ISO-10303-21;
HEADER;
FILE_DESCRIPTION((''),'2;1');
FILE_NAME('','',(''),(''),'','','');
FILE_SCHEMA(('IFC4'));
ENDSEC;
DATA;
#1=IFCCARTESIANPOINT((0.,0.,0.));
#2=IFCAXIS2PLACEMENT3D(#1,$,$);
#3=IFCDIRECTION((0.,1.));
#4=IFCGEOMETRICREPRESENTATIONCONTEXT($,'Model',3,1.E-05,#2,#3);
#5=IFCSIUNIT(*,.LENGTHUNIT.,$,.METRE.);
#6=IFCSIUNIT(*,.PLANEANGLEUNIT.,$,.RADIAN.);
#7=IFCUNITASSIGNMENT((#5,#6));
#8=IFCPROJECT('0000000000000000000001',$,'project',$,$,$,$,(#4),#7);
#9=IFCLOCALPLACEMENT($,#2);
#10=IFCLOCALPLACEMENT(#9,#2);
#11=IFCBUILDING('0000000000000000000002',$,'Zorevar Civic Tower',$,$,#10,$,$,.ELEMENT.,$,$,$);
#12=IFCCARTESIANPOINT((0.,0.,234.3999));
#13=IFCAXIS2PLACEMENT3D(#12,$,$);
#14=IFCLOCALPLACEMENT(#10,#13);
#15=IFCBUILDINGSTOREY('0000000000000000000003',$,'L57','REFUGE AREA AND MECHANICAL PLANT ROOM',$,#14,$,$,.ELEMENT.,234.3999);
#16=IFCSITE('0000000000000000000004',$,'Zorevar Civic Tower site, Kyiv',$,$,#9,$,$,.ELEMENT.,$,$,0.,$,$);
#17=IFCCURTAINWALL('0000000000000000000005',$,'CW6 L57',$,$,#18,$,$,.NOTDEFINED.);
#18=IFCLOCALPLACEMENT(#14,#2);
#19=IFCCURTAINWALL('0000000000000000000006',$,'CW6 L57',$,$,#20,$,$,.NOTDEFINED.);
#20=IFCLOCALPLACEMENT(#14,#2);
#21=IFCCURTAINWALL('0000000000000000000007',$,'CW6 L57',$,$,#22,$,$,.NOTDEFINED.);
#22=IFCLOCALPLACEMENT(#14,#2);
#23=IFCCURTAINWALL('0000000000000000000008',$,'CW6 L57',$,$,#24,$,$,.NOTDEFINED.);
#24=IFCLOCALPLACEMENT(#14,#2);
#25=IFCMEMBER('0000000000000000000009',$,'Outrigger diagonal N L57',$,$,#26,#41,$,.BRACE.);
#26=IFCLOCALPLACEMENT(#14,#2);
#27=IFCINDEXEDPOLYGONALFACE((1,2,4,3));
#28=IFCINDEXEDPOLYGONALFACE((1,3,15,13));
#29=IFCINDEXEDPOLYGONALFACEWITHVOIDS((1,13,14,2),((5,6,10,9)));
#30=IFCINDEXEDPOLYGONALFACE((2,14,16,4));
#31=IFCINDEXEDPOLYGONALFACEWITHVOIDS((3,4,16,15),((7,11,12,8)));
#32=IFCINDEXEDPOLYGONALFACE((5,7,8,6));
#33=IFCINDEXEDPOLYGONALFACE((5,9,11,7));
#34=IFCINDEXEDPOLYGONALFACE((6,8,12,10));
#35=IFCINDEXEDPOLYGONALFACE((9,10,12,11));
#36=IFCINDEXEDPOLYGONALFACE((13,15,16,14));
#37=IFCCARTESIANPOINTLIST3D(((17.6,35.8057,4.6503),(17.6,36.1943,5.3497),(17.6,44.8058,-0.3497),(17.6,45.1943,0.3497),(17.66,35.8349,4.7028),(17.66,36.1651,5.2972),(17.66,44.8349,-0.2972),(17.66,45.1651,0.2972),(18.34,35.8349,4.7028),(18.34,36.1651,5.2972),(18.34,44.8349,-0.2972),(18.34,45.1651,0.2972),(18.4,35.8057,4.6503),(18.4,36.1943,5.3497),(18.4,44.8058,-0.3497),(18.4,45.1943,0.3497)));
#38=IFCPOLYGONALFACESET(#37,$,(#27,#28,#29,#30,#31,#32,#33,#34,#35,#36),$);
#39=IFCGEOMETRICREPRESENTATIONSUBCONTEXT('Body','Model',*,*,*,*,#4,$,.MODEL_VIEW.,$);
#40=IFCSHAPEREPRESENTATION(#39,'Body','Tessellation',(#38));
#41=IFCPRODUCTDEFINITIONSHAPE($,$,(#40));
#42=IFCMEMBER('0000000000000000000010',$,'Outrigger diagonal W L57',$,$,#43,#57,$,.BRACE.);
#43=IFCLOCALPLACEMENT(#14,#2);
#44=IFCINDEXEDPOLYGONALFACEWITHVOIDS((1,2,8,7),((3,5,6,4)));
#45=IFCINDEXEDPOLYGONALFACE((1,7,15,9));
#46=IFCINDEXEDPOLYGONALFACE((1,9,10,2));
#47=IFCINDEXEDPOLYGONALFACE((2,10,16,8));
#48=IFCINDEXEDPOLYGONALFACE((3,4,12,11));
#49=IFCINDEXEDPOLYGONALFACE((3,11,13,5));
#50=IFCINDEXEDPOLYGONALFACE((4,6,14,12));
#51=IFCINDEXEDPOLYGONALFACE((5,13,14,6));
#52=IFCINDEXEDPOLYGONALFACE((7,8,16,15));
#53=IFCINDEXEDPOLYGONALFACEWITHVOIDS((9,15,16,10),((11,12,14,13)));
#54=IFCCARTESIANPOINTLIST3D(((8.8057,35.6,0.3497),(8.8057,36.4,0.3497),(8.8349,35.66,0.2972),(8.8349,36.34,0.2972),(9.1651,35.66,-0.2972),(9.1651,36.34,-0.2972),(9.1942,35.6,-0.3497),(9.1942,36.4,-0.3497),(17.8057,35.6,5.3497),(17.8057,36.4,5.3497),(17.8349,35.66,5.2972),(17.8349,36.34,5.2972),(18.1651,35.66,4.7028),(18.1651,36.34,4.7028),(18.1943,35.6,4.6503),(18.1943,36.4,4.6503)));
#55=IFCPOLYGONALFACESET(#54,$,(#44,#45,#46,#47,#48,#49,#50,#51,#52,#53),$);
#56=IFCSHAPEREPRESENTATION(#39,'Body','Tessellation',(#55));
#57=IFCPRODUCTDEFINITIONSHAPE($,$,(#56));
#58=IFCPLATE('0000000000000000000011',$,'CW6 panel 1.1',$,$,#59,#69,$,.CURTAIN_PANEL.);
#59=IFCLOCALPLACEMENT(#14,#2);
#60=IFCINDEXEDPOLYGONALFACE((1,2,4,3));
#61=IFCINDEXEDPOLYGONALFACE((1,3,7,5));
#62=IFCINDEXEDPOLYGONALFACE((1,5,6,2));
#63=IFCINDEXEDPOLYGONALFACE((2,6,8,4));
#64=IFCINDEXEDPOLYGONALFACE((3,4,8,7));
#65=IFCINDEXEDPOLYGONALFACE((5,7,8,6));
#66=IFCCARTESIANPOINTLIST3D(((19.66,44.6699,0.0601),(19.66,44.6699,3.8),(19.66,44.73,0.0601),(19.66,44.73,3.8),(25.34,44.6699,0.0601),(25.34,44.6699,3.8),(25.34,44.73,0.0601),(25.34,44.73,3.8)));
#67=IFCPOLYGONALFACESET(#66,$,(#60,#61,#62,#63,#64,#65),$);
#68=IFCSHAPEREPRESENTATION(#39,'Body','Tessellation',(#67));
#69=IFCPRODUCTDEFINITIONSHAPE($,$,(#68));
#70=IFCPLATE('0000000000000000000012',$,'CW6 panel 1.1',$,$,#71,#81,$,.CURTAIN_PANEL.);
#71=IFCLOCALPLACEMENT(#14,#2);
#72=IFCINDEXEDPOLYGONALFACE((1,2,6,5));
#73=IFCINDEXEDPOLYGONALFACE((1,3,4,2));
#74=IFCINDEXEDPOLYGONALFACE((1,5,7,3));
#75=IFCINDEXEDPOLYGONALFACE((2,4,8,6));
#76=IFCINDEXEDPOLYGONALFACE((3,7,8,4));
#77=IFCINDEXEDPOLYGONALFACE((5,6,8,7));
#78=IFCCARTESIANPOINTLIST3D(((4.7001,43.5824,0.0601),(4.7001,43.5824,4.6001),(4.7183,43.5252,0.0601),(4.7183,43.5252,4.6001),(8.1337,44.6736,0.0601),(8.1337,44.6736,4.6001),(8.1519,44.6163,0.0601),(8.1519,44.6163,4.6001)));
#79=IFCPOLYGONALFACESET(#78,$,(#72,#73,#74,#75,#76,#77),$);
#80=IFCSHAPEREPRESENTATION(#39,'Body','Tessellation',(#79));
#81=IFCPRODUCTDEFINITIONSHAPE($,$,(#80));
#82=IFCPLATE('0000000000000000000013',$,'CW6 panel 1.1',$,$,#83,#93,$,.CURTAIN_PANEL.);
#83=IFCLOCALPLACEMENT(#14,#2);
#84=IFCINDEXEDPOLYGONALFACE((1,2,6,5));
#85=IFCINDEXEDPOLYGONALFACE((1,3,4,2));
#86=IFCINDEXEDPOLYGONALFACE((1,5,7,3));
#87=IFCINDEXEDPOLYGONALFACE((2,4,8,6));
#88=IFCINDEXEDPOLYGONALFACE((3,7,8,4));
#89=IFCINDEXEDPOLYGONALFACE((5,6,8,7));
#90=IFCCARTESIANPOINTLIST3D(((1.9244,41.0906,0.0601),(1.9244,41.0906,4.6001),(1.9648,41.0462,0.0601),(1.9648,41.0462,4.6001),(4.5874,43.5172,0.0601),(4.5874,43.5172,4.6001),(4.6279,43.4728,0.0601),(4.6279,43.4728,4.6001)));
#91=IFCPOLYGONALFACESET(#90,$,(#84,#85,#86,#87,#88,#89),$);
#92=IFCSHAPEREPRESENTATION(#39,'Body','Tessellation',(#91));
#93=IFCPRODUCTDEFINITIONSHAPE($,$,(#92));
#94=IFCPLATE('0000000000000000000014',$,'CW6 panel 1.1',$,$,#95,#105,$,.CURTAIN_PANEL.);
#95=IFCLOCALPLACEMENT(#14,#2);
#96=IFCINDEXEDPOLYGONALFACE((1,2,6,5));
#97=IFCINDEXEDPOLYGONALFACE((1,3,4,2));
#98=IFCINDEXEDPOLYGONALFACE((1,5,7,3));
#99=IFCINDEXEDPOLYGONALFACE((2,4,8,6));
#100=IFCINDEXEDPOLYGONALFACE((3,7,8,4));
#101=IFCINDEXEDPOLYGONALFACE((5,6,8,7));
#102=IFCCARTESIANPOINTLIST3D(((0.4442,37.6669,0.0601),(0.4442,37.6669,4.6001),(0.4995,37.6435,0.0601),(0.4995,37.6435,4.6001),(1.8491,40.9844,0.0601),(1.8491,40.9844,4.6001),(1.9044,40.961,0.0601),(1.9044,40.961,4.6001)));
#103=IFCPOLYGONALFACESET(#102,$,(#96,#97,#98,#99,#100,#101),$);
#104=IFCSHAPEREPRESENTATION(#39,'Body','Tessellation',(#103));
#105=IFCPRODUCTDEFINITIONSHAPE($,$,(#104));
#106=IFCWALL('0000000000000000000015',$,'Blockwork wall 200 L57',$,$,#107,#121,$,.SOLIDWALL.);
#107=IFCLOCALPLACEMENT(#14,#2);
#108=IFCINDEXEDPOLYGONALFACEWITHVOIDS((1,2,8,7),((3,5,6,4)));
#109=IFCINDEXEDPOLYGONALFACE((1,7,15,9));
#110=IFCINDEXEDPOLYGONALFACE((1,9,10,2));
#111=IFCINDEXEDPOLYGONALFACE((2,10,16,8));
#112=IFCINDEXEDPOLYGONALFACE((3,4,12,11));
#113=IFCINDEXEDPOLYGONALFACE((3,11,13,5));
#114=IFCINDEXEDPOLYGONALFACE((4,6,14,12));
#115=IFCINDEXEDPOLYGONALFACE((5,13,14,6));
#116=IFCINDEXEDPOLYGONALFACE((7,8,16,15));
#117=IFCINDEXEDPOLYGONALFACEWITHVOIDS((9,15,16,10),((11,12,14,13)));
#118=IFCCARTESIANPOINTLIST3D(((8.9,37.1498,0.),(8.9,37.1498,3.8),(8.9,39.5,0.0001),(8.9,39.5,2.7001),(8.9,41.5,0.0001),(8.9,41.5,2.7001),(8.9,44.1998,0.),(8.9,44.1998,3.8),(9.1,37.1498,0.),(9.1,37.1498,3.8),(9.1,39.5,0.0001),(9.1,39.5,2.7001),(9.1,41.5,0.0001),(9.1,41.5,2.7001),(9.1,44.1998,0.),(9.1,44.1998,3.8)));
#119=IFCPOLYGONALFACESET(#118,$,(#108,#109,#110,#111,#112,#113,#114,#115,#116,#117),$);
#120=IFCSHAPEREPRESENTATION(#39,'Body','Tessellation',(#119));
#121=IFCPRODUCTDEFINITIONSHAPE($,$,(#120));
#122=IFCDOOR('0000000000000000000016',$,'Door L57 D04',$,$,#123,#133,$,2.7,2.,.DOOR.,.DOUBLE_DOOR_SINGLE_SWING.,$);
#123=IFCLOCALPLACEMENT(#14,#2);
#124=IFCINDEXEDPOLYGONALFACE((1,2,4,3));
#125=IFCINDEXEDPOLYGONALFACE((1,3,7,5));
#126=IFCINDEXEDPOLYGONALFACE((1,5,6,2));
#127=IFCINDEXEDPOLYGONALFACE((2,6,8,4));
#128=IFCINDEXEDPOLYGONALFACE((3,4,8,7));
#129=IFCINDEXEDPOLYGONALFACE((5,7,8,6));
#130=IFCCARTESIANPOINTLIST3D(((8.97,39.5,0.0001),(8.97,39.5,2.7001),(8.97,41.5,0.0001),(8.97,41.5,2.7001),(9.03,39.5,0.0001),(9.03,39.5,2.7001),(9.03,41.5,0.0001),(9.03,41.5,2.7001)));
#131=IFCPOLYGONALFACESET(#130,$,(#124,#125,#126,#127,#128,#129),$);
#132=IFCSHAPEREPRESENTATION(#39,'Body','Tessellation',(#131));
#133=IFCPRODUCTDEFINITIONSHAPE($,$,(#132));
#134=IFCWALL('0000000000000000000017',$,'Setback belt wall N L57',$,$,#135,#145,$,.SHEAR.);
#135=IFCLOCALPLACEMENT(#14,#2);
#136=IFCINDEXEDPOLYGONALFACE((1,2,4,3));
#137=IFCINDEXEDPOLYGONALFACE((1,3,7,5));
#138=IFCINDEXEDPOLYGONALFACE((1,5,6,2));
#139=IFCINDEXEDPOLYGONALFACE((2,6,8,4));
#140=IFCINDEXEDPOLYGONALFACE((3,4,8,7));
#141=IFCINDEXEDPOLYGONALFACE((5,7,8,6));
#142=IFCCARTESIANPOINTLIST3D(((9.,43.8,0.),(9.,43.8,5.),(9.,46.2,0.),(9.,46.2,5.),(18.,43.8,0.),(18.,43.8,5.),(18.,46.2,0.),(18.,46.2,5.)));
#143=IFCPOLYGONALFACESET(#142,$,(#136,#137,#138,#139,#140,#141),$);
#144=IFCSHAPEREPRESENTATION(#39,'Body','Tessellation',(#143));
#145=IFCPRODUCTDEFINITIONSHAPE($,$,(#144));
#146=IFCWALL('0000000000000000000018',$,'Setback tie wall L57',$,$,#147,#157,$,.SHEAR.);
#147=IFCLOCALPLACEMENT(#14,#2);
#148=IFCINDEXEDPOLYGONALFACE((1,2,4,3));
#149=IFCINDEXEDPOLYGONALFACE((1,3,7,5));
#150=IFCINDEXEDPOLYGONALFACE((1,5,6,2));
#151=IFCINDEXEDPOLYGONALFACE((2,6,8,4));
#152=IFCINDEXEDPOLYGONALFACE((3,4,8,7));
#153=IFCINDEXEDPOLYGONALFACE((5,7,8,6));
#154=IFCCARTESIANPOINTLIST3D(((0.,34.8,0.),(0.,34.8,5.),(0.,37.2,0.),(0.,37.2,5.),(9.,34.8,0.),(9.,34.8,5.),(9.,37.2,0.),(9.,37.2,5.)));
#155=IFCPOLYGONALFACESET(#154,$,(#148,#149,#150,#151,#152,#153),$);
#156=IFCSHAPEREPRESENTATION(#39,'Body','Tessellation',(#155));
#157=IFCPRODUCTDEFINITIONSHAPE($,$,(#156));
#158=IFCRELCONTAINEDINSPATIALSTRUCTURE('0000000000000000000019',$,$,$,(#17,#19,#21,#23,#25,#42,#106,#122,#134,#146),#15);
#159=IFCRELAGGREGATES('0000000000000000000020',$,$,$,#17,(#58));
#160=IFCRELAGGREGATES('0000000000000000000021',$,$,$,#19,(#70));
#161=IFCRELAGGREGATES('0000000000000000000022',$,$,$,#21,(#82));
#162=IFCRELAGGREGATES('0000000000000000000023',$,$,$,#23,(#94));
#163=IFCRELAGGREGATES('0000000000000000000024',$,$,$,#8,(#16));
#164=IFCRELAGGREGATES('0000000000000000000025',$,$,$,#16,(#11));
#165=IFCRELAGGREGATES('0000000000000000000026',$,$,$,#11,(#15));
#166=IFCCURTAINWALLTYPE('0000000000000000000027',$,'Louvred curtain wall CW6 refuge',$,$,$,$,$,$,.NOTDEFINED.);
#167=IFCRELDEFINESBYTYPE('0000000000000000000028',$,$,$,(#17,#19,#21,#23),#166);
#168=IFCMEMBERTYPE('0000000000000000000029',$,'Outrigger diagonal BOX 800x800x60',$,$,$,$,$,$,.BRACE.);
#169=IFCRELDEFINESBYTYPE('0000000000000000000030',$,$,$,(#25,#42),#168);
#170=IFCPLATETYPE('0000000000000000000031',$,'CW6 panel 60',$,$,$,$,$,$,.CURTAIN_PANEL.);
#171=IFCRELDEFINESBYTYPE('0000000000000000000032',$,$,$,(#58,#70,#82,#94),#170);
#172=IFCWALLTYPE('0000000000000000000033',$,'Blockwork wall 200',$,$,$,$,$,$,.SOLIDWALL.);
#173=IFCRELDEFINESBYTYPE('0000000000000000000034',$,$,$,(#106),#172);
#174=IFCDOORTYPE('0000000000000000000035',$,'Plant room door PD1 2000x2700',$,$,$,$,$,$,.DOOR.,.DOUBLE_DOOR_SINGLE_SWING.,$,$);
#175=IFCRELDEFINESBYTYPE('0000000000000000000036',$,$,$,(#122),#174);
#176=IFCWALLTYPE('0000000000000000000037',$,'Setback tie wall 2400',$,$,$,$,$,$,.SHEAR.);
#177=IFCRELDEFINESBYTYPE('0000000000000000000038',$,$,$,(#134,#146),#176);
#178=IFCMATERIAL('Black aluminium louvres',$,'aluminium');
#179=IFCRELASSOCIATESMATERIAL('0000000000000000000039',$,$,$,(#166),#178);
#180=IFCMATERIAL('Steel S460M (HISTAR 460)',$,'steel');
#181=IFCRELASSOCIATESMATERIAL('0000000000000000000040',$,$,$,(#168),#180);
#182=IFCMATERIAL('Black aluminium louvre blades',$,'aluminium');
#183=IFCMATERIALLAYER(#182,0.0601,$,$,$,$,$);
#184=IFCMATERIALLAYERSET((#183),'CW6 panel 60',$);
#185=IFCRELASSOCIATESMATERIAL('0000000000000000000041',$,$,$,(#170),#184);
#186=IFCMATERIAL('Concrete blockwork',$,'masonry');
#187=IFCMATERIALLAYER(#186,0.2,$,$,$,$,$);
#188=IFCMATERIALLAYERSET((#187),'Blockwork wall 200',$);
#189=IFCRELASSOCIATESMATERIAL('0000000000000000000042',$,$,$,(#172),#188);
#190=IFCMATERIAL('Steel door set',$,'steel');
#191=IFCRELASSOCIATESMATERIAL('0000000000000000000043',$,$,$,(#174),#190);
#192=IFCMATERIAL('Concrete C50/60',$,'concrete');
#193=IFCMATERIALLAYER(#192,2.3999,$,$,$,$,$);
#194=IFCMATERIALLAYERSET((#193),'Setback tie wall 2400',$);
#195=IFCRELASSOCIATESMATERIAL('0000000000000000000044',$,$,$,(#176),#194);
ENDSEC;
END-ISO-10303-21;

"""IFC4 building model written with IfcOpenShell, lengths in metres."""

from ifc_helpers import new_model, si_unit, direction, frame, frame_2d, origin, origin_2d, place, context, subcontext, project, spatial, rectangle, hollow_rectangle, extrude, material, layer, layer_set, material_profile, profile_set, type_object, element, fill, aggregate, save


model = new_model("IFC4")

# Units and contexts
model_context = context("Model", 3, precision=1e-05, world=origin(), true_north=direction((0.0, 1.0)))
body_context = subcontext(model_context, "Body", "Model", "MODEL_VIEW")
ifc_project = project(units=[si_unit("LENGTHUNIT", "METRE"), si_unit("PLANEANGLEUNIT", "RADIAN")], contexts=[model_context])

# Site, building, storey
site_placement = place(None, origin())
site = spatial("IfcSite", under=ifc_project, at=site_placement, Name="Zorevar Civic Tower site, Kyiv", CompositionType="ELEMENT", RefElevation=0.0)
building_placement = place(site_placement, origin())
building = spatial("IfcBuilding", under=site, at=building_placement, Name="Zorevar Civic Tower", CompositionType="ELEMENT")
storey_placement = place(building_placement, frame((0.0, 0.0, 234.3999)))
storey = spatial("IfcBuildingStorey", under=building, at=storey_placement, Name="L57", Description="REFUGE AREA AND MECHANICAL PLANT ROOM", CompositionType="ELEMENT", Elevation=234.3999)

# Curtain walls
ifc_material_1 = material(Name="Black aluminium louvres", Category="aluminium")
curtain_wall_type = type_object("IfcCurtainWallType", Name="Louvred curtain wall CW6 refuge", PredefinedType="NOTDEFINED", material=ifc_material_1)
curtain_wall_1_placement = place(storey_placement, origin())
curtain_wall_1 = element("IfcCurtainWall", 1, at=curtain_wall_1_placement, inside=storey, type_object=curtain_wall_type, Name="CW6 L57", PredefinedType="NOTDEFINED")
curtain_wall_2_placement = place(storey_placement, origin())
curtain_wall_2 = element("IfcCurtainWall", 2, at=curtain_wall_2_placement, inside=storey, type_object=curtain_wall_type, Name="CW6 L57", PredefinedType="NOTDEFINED")
curtain_wall_3_placement = place(storey_placement, origin())
curtain_wall_3 = element("IfcCurtainWall", 3, at=curtain_wall_3_placement, inside=storey, type_object=curtain_wall_type, Name="CW6 L57", PredefinedType="NOTDEFINED")
curtain_wall_4_placement = place(storey_placement, origin())
curtain_wall_4 = element("IfcCurtainWall", 4, at=curtain_wall_4_placement, inside=storey, type_object=curtain_wall_type, Name="CW6 L57", PredefinedType="NOTDEFINED")

# Members
ifc_material_2 = material(Name="Steel S460M (HISTAR 460)", Category="steel")
ifc_material_profile_1 = material_profile(ifc_material_2, hollow_rectangle(XDim=0.8, YDim=0.8, WallThickness=0.0601, at=origin_2d()), Name="BOX 800x800x60")
ifc_profile_set_1 = profile_set([ifc_material_profile_1], Name="Steel S460M (HISTAR 460)")
member_type_1 = type_object("IfcMemberType", Name="Outrigger diagonal BOX 800x800x60", PredefinedType="BRACE", material=ifc_profile_set_1)
for number, where, z_axis, x_axis, name in (
    (5, (18.0, 36.0, 5.0), (0.0, 0.874157, -0.485643), (-1.0, 0.0, 0.0), "Outrigger diagonal N L57"),
    (6, (18.0, 36.0, 5.0), (-0.874157, 0.0, -0.485643), (0.0, -1.0, 0.0), "Outrigger diagonal W L57"),
):
    element("IfcMember", number, at=place(storey_placement, frame(where, z_axis=z_axis, x_axis=x_axis)), inside=storey, type_object=member_type_1, Name=name, PredefinedType="BRACE", context=body_context, shape_type="SweptSolid", body=[
        extrude(hollow_rectangle(XDim=0.8, YDim=0.8, WallThickness=0.0601, at=origin_2d()), origin(), (0.0, 0.0, 1.0), 10.2957),
    ])

# Plates
ifc_material_3 = material(Name="Black aluminium louvre blades", Category="aluminium")
ifc_layer_1 = layer(ifc_material_3, 0.0601)
ifc_layer_set_1 = layer_set([ifc_layer_1], Name="CW6 panel 60")
plate_type = type_object("IfcPlateType", Name="CW6 panel 60", PredefinedType="CURTAIN_PANEL", material=ifc_layer_set_1)
plate_1_placement = place(storey_placement, frame((22.5, 44.7, 0.0601), z_axis=(0.0, 0.0, 1.0), x_axis=(1.0, 0.0, 0.0)))
plate_1 = element("IfcPlate", 7, at=plate_1_placement, type_object=plate_type, Name="CW6 panel 1.1", PredefinedType="CURTAIN_PANEL", context=body_context, shape_type="SweptSolid", body=[
    extrude(rectangle(XDim=5.6799, YDim=0.0601, at=origin_2d()), origin(), (0.0, 0.0, 1.0), 3.74),
])
aggregate(curtain_wall_1, [plate_1])
plate_2_placement = place(storey_placement, frame((6.426, 44.0994, 0.0601), z_axis=(0.0, 0.0, 1.0), x_axis=(-0.953035, -0.302859, 0.0)))
plate_2 = element("IfcPlate", 8, at=plate_2_placement, type_object=plate_type, Name="CW6 panel 1.1", PredefinedType="CURTAIN_PANEL", context=body_context, shape_type="SweptSolid", body=[
    extrude(rectangle(XDim=3.6028, YDim=0.0601, at=origin_2d()), origin(), (0.0, 0.0, 1.0), 4.54),
])
aggregate(curtain_wall_2, [plate_2])
plate_3_placement = place(storey_placement, frame((3.2761, 42.2817, 0.0601), z_axis=(0.0, 0.0, 1.0), x_axis=(-0.739157, -0.673533, 0.0)))
plate_3 = element("IfcPlate", 9, at=plate_3_placement, type_object=plate_type, Name="CW6 panel 1.1", PredefinedType="CURTAIN_PANEL", context=body_context, shape_type="SweptSolid", body=[
    extrude(rectangle(XDim=3.6028, YDim=0.0601, at=origin_2d()), origin(), (0.0, 0.0, 1.0), 4.54),
])
aggregate(curtain_wall_3, [plate_3])
plate_4_placement = place(storey_placement, frame((1.1743, 39.314, 0.0601), z_axis=(0.0, 0.0, 1.0), x_axis=(-0.389965, -0.92083, 0.0)))
plate_4 = element("IfcPlate", 10, at=plate_4_placement, type_object=plate_type, Name="CW6 panel 1.1", PredefinedType="CURTAIN_PANEL", context=body_context, shape_type="SweptSolid", body=[
    extrude(rectangle(XDim=3.6028, YDim=0.0601, at=origin_2d()), origin(), (0.0, 0.0, 1.0), 4.54),
])
aggregate(curtain_wall_4, [plate_4])

# Wall, opening, door
ifc_material_4 = material(Name="Concrete blockwork", Category="masonry")
ifc_layer_2 = layer(ifc_material_4, 0.2)
ifc_layer_set_2 = layer_set([ifc_layer_2], Name="Blockwork wall 200")
wall_type_1 = type_object("IfcWallType", Name="Blockwork wall 200", PredefinedType="SOLIDWALL", material=ifc_layer_set_2)
wall_placement = place(storey_placement, frame((9.0, 37.1499, 0.0), z_axis=(0.0, 0.0, 1.0), x_axis=(0.0, 1.0, 0.0)))
wall = element("IfcWall", 11, at=wall_placement, inside=storey, type_object=wall_type_1, Name="Blockwork wall 200 L57", PredefinedType="SOLIDWALL", context=body_context, shape_type="SweptSolid", body=[
    extrude(rectangle(XDim=7.05, YDim=0.2, at=frame_2d((3.5249, 0.0))), origin(), (0.0, 0.0, 1.0), 3.8),
])
opening_placement = place(wall_placement, frame((2.3501, 0.0, 0.0)))
opening = element("IfcOpeningElement", 12, at=opening_placement, cuts=wall, PredefinedType="OPENING", context=body_context, shape_type="SweptSolid", body=[
    extrude(rectangle(XDim=2.0, YDim=2.7, at=frame_2d((1.0, 1.3501))), frame((0.0, 0.1099, 0.0), z_axis=(0.0, -1.0, 0.0), x_axis=(1.0, 0.0, 0.0)), (0.0, 0.0, 1.0), 0.22),
])
ifc_material_5 = material(Name="Steel door set", Category="steel")
door_type = type_object("IfcDoorType", Name="Plant room door PD1 2000x2700", OperationType="DOUBLE_DOOR_SINGLE_SWING", PredefinedType="DOOR", material=ifc_material_5)
door_placement = place(opening_placement, origin())
door = element("IfcDoor", 13, at=door_placement, inside=storey, type_object=door_type, Name="Door L57 D04", OperationType="DOUBLE_DOOR_SINGLE_SWING", OverallHeight=2.7, OverallWidth=2.0, PredefinedType="DOOR", context=body_context, shape_type="SweptSolid", body=[
    extrude(rectangle(XDim=2.0, YDim=2.7, at=frame_2d((1.0, 1.3501))), frame((0.0, 0.03, 0.0), z_axis=(0.0, -1.0, 0.0), x_axis=(1.0, 0.0, 0.0)), (0.0, 0.0, 1.0), 0.0601),
])
fill(opening, door)

# Walls
ifc_material_6 = material(Name="Concrete C50/60", Category="concrete")
ifc_layer_3 = layer(ifc_material_6, 2.3999)
ifc_layer_set_3 = layer_set([ifc_layer_3], Name="Setback tie wall 2400")
wall_type_2 = type_object("IfcWallType", Name="Setback tie wall 2400", PredefinedType="SHEAR", material=ifc_layer_set_3)
for number, where, z_axis, x_axis, name in (
    (14, (9.0, 45.0, 0.0), (0.0, 0.0, 1.0), (1.0, 0.0, 0.0), "Setback belt wall N L57"),
    (15, (9.0, 36.0, 0.0), (0.0, 0.0, 1.0), (-1.0, 0.0, 0.0), "Setback tie wall L57"),
):
    element("IfcWall", number, at=place(storey_placement, frame(where, z_axis=z_axis, x_axis=x_axis)), inside=storey, type_object=wall_type_2, Name=name, PredefinedType="SHEAR", context=body_context, shape_type="SweptSolid", body=[
        extrude(rectangle(XDim=9.0, YDim=2.3999, at=frame_2d((4.5, 0.0))), origin(), (0.0, 0.0, 1.0), 5.0),
    ])

save(model, "model.ifc")
